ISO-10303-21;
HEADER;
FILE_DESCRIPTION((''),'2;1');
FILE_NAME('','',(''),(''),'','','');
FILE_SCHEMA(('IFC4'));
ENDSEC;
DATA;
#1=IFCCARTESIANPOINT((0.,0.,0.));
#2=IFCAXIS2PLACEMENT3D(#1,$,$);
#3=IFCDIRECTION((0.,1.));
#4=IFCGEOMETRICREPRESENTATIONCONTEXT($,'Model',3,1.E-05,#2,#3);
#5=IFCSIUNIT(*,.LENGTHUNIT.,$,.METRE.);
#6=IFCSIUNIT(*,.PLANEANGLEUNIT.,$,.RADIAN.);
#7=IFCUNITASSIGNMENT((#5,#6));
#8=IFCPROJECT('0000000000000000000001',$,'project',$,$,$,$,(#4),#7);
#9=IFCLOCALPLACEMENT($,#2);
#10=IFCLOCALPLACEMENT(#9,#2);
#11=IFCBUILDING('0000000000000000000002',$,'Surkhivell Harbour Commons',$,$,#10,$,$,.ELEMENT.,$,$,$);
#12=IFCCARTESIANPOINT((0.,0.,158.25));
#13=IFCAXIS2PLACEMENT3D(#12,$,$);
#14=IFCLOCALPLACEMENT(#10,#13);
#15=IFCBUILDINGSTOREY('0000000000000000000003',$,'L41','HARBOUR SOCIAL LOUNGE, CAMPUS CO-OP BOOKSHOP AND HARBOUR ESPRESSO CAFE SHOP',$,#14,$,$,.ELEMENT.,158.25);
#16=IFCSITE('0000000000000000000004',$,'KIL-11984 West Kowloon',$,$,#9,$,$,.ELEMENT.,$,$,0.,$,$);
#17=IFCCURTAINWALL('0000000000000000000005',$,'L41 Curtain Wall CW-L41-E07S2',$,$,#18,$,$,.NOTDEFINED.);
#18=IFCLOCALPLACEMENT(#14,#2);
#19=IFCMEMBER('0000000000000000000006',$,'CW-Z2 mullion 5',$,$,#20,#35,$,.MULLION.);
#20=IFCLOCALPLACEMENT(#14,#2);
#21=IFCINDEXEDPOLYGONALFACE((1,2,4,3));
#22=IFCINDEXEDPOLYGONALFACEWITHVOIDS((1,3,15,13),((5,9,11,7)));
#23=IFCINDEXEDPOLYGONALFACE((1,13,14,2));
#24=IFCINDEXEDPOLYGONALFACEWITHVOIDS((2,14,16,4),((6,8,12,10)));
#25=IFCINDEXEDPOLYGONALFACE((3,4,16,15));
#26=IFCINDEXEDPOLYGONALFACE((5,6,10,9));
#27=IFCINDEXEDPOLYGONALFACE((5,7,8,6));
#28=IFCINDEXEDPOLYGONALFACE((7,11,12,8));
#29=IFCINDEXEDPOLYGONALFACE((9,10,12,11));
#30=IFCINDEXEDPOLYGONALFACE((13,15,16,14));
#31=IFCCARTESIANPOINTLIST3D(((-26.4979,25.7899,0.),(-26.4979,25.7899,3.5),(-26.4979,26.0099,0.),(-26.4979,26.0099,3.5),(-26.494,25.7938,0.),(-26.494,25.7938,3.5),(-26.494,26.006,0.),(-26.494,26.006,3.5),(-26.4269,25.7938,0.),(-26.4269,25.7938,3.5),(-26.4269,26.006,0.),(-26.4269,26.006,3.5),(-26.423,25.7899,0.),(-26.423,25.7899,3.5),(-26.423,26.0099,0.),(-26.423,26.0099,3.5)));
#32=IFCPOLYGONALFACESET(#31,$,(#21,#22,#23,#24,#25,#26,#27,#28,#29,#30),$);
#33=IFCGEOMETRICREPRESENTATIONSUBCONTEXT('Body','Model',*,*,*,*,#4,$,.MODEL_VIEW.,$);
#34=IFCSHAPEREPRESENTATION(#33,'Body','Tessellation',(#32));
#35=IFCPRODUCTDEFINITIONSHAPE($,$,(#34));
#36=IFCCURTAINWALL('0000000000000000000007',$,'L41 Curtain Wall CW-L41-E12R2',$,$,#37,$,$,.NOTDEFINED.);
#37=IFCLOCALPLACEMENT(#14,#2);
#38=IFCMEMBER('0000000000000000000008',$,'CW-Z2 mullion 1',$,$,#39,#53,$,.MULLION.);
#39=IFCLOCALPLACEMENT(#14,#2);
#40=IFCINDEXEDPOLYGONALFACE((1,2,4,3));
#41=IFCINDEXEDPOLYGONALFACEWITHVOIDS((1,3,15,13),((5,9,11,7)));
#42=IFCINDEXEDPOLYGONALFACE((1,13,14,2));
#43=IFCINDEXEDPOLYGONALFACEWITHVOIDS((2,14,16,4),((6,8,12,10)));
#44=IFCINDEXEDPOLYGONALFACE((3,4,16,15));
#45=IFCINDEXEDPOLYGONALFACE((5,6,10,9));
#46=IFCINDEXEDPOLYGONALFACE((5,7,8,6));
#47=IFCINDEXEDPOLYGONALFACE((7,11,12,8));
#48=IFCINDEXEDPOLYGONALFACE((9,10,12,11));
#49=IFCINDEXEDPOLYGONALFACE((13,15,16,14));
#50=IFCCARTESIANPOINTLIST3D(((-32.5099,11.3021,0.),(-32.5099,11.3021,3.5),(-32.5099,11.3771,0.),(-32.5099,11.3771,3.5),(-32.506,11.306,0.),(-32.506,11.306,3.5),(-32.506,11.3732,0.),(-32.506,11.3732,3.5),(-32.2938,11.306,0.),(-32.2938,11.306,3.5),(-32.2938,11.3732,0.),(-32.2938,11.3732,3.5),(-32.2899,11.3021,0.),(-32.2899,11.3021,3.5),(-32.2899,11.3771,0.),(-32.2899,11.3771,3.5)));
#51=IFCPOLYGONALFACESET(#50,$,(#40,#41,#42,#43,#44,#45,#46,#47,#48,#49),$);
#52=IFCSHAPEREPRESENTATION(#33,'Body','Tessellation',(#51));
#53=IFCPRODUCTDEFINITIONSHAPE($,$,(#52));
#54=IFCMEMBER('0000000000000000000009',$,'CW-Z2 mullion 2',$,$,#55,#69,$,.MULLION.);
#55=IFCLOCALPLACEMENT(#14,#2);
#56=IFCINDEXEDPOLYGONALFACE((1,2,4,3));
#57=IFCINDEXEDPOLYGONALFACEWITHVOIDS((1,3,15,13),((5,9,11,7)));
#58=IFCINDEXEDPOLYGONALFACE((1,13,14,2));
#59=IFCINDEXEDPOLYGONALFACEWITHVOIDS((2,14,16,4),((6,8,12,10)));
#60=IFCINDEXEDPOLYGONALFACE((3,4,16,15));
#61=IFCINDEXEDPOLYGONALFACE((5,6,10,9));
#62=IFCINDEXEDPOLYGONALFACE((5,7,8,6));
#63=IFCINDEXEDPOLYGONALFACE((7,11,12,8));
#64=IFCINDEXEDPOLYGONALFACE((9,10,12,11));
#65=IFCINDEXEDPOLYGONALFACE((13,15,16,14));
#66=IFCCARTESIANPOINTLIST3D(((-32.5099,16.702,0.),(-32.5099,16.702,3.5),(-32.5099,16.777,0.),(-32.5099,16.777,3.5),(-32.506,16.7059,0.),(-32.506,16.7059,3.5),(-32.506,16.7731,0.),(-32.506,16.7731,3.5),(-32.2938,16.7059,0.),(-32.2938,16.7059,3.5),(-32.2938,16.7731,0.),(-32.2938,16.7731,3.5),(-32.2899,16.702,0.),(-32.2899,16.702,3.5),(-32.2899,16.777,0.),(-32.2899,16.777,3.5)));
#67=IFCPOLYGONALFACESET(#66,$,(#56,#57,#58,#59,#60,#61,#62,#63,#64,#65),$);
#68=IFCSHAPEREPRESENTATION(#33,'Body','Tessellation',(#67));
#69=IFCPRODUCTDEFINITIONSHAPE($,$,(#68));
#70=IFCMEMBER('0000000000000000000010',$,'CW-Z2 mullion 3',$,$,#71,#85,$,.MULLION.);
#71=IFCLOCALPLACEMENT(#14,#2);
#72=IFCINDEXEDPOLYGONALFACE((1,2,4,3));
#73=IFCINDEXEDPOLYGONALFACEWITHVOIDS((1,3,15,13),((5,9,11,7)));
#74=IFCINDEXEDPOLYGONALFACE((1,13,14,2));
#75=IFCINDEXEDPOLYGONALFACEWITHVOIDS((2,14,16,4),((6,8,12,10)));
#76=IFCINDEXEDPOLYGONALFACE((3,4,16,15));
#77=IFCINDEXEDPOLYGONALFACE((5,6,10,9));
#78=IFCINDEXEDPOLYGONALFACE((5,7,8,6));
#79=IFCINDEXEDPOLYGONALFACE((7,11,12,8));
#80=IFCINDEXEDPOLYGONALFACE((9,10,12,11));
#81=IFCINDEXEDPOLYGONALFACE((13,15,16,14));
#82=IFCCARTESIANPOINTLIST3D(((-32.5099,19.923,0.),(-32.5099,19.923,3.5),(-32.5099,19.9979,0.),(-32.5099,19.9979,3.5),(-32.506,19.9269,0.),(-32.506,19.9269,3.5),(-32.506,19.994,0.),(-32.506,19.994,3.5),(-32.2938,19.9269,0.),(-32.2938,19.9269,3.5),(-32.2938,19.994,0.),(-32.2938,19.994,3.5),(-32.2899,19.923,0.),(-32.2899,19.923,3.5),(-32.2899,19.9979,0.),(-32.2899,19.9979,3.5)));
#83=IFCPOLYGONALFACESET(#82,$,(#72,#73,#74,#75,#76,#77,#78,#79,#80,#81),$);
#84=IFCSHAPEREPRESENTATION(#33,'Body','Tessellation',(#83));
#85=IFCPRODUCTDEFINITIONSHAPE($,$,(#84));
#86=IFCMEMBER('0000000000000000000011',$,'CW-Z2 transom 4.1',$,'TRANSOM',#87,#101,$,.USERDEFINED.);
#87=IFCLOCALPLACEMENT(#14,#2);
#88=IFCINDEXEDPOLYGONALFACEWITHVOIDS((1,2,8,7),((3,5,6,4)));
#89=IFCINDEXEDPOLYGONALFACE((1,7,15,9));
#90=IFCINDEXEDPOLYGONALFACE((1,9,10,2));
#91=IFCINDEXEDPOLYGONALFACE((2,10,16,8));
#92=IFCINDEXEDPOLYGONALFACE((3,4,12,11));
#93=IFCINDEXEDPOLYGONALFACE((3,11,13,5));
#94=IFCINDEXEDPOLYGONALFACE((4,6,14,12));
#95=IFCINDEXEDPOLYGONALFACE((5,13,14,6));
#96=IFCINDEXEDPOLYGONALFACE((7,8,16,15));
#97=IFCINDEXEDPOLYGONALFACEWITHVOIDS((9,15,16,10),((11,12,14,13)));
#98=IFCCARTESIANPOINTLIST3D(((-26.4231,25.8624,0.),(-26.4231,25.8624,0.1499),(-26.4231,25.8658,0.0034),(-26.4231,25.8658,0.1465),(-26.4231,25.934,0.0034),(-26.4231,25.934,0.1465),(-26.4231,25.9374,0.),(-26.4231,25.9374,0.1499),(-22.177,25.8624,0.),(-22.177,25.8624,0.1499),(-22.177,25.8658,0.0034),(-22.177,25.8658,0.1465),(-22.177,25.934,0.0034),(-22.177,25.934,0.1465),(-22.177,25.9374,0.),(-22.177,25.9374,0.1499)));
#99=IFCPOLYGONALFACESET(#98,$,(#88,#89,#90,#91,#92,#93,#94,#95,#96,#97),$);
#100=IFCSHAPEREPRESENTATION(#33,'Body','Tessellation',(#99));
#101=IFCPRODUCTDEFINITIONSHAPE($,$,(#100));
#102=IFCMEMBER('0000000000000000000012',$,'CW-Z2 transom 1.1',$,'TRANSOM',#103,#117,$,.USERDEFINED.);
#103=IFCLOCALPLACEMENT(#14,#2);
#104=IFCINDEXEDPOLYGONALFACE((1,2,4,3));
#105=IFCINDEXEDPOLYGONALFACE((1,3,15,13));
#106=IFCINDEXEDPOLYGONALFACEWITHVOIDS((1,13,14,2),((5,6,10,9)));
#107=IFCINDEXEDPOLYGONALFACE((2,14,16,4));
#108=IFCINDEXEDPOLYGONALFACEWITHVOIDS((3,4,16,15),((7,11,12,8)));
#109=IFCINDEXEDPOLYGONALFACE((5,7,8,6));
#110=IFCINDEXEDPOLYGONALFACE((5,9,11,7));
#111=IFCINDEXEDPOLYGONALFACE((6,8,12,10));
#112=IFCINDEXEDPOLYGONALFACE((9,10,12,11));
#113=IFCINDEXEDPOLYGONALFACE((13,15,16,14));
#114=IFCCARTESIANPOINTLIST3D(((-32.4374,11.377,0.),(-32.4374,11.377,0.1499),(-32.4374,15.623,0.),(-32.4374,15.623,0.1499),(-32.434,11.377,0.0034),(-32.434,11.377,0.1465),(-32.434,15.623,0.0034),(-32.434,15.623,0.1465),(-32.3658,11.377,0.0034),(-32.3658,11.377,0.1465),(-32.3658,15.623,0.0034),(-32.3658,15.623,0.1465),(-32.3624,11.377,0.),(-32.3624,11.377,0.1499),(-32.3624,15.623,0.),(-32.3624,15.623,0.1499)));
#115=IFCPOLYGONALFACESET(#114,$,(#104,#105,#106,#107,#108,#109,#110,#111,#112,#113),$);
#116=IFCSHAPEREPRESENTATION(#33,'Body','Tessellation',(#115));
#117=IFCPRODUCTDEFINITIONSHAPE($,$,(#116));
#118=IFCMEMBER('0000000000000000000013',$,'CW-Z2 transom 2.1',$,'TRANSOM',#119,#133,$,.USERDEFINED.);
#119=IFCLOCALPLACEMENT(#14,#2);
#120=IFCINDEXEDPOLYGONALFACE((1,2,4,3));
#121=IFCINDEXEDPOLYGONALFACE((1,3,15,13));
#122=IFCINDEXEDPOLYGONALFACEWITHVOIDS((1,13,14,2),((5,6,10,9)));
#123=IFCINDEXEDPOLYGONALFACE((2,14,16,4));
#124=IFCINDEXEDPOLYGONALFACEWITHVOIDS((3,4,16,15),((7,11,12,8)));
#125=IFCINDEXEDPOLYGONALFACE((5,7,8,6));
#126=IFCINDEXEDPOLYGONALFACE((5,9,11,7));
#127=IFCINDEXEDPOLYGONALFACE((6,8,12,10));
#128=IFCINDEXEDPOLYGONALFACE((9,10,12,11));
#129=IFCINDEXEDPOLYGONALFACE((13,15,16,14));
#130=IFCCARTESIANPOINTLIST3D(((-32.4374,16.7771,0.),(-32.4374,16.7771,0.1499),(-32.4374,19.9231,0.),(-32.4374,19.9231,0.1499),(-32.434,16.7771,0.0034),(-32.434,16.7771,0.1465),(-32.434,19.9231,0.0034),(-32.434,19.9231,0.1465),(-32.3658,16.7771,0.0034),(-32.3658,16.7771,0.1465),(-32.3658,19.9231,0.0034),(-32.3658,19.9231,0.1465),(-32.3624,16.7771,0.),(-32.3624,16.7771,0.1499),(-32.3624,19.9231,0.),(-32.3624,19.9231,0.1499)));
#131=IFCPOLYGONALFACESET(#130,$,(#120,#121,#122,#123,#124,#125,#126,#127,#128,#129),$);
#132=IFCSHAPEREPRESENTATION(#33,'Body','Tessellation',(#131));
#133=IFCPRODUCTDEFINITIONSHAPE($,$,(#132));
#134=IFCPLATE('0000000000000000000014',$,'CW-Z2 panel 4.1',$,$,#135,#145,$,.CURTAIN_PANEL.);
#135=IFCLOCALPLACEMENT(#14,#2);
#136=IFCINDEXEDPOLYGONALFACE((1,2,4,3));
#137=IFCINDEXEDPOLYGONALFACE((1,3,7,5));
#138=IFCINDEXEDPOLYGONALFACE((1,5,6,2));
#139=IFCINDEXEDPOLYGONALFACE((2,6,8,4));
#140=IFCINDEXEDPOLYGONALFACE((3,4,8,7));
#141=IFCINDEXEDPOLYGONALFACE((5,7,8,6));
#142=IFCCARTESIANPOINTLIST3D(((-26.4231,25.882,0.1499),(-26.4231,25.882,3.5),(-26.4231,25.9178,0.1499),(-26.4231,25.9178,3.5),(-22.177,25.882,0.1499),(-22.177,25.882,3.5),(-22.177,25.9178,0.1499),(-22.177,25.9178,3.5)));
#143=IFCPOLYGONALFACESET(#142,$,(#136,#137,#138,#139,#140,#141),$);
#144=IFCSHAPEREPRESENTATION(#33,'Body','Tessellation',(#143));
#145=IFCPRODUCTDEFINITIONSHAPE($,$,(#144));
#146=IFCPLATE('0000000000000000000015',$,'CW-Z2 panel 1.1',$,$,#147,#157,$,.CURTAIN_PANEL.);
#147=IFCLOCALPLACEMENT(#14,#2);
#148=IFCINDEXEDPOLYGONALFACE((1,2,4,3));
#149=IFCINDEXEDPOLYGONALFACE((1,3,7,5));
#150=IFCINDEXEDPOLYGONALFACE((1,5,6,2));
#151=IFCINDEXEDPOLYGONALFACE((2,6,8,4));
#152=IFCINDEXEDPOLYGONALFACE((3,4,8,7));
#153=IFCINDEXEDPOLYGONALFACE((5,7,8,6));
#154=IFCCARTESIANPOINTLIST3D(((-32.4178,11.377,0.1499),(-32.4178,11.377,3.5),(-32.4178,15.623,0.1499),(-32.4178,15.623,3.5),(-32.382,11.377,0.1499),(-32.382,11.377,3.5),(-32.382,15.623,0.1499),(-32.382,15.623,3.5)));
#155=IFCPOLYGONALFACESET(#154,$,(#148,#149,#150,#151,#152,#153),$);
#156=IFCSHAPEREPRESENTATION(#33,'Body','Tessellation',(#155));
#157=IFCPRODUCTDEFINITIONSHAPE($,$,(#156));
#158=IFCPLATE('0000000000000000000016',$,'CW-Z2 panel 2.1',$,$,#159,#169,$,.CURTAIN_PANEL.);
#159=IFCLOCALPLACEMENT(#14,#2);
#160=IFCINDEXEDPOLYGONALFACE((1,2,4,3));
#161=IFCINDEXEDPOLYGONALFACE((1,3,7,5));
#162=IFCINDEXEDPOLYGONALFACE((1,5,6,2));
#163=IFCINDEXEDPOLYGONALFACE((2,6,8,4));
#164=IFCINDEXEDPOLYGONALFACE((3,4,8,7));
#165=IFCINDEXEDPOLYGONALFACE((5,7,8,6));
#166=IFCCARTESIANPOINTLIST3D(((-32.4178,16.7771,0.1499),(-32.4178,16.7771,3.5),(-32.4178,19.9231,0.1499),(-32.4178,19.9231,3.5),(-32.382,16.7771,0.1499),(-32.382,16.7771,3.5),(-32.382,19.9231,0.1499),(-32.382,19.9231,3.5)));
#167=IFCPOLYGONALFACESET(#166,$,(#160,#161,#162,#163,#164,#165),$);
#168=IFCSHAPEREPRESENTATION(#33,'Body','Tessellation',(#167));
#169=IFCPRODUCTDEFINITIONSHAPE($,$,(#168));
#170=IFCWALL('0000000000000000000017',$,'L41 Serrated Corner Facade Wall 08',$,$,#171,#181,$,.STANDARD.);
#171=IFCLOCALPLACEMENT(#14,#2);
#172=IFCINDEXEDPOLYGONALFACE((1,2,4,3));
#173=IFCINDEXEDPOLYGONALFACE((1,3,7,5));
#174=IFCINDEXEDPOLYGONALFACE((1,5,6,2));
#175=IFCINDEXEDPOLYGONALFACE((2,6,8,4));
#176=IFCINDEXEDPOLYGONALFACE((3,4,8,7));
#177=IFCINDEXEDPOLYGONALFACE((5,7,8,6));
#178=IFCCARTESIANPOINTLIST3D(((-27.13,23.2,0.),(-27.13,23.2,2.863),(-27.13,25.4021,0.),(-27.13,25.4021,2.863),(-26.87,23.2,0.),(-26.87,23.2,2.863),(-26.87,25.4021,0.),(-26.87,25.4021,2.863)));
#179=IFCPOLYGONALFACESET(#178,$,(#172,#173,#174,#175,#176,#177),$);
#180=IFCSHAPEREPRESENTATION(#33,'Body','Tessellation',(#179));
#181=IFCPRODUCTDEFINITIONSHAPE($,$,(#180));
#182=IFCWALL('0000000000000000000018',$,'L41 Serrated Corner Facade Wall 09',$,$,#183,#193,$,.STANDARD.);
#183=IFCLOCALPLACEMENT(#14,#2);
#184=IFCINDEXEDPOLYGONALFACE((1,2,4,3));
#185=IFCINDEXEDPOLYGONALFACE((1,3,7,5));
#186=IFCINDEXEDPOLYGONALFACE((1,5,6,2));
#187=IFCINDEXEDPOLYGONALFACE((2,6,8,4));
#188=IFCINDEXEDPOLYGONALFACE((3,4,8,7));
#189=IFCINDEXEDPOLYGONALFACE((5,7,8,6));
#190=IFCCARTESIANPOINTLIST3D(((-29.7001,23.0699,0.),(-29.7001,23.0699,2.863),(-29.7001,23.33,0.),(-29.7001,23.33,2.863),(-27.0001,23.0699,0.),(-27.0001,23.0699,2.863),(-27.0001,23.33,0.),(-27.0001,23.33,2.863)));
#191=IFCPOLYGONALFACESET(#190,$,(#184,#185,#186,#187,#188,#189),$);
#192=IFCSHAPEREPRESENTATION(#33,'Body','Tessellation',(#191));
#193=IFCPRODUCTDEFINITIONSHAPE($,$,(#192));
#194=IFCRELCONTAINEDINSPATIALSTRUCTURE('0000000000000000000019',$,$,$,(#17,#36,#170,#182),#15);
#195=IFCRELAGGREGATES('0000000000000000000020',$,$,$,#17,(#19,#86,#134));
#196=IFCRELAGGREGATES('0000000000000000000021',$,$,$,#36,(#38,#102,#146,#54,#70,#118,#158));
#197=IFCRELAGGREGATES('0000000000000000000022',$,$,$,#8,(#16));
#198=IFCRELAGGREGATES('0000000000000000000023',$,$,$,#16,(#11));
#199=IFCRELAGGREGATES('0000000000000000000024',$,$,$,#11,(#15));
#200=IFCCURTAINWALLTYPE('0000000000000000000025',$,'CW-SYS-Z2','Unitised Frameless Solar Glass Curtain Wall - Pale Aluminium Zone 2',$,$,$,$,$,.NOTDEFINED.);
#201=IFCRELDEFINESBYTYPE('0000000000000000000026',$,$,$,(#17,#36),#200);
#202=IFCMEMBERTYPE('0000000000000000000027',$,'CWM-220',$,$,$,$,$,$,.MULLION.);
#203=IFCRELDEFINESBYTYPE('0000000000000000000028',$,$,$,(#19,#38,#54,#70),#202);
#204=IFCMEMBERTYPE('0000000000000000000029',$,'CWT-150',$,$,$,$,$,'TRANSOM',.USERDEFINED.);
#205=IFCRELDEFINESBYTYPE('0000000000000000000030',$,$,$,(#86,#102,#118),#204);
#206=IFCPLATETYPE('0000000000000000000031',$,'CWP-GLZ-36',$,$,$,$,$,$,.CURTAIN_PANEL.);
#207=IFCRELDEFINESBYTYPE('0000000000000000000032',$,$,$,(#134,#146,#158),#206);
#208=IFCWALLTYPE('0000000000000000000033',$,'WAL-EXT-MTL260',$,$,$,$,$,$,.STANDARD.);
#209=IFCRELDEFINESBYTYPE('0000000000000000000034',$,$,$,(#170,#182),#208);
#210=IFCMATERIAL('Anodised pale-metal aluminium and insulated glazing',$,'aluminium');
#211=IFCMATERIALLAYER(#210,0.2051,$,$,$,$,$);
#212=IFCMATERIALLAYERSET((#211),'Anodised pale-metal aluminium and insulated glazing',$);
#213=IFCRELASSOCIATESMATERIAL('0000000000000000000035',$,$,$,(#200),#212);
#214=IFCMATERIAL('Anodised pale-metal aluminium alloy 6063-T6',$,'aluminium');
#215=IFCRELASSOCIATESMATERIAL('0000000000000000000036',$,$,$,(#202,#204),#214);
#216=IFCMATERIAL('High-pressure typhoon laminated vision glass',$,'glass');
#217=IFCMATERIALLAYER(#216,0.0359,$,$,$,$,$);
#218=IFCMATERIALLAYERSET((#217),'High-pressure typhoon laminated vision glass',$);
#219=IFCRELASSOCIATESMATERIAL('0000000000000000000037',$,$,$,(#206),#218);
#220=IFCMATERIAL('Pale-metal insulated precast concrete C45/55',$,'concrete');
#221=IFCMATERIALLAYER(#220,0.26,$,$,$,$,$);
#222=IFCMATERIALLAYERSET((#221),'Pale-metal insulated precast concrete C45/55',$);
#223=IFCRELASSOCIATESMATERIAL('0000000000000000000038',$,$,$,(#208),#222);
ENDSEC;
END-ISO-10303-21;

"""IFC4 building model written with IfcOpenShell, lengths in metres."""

from ifc_helpers import new_model, si_unit, direction, frame, frame_2d, origin, origin_2d, place, context, subcontext, project, spatial, rectangle, hollow_rectangle, extrude, material, layer, layer_set, material_profile, profile_set, type_object, element, aggregate, save


model = new_model("IFC4")

# Units and contexts
model_context = context("Model", 3, precision=1e-05, world=origin(), true_north=direction((0.0, 1.0)))
body_context = subcontext(model_context, "Body", "Model", "MODEL_VIEW")
ifc_project = project(units=[si_unit("LENGTHUNIT", "METRE"), si_unit("PLANEANGLEUNIT", "RADIAN")], contexts=[model_context])

# Site, building, storey
site_placement = place(None, origin())
site = spatial("IfcSite", under=ifc_project, at=site_placement, Name="KIL-11984 West Kowloon", CompositionType="ELEMENT", RefElevation=0.0)
building_placement = place(site_placement, origin())
building = spatial("IfcBuilding", under=site, at=building_placement, Name="Surkhivell Harbour Commons", CompositionType="ELEMENT")
storey_placement = place(building_placement, frame((0.0, 0.0, 158.25)))
storey = spatial("IfcBuildingStorey", under=building, at=storey_placement, Name="L41", Description="HARBOUR SOCIAL LOUNGE, CAMPUS CO-OP BOOKSHOP AND HARBOUR ESPRESSO CAFE SHOP", CompositionType="ELEMENT", Elevation=158.25)

# Curtain wall, member
ifc_material_1 = material(Name="Anodised pale-metal aluminium and insulated glazing", Category="aluminium")
ifc_layer_1 = layer(ifc_material_1, 0.2051)
ifc_layer_set_1 = layer_set([ifc_layer_1], Name="Anodised pale-metal aluminium and insulated glazing")
curtain_wall_type = type_object("IfcCurtainWallType", Name="CW-SYS-Z2", Description="Unitised Frameless Solar Glass Curtain Wall - Pale Aluminium Zone 2", PredefinedType="NOTDEFINED", material=ifc_layer_set_1)
curtain_wall_1_placement = place(storey_placement, origin())
curtain_wall_1 = element("IfcCurtainWall", 1, at=curtain_wall_1_placement, inside=storey, type_object=curtain_wall_type, Name="L41 Curtain Wall CW-L41-E07S2", PredefinedType="NOTDEFINED")
ifc_material_2 = material(Name="Anodised pale-metal aluminium alloy 6063-T6", Category="aluminium")
ifc_material_profile_1 = material_profile(ifc_material_2, hollow_rectangle(XDim=0.075, YDim=0.22, WallThickness=0.0039, at=origin_2d()), Name="ALU-MULL-75x220")
ifc_profile_set_1 = profile_set([ifc_material_profile_1], Name="Anodised pale-metal aluminium alloy 6063-T6")
member_type_1 = type_object("IfcMemberType", Name="CWM-220", PredefinedType="MULLION", material=ifc_profile_set_1)
member_1_placement = place(storey_placement, frame((-26.4604, 25.8999, 0.0), z_axis=(0.0, 0.0, 1.0), x_axis=(-1.0, 0.0, 0.0)))
member_1 = element("IfcMember", 2, at=member_1_placement, type_object=member_type_1, Name="CW-Z2 mullion 5", PredefinedType="MULLION", context=body_context, shape_type="SweptSolid", body=[
    extrude(hollow_rectangle(XDim=0.075, YDim=0.22, WallThickness=0.0039, at=origin_2d()), origin(), (0.0, 0.0, 1.0), 3.5),
])

# Curtain wall, members
curtain_wall_2_placement = place(storey_placement, origin())
curtain_wall_2 = element("IfcCurtainWall", 3, at=curtain_wall_2_placement, inside=storey, type_object=curtain_wall_type, Name="L41 Curtain Wall CW-L41-E12R2", PredefinedType="NOTDEFINED")
member_2_placement = place(storey_placement, frame((-32.3999, 11.3396, 0.0), z_axis=(0.0, 0.0, 1.0), x_axis=(0.0, 1.0, 0.0)))
member_2 = element("IfcMember", 4, at=member_2_placement, type_object=member_type_1, Name="CW-Z2 mullion 1", PredefinedType="MULLION", context=body_context, shape_type="SweptSolid", body=[
    extrude(hollow_rectangle(XDim=0.075, YDim=0.22, WallThickness=0.0039, at=origin_2d()), origin(), (0.0, 0.0, 1.0), 3.5),
])
member_3_placement = place(storey_placement, frame((-32.3999, 16.7395, 0.0), z_axis=(0.0, 0.0, 1.0), x_axis=(0.0, 1.0, 0.0)))
member_3 = element("IfcMember", 5, at=member_3_placement, type_object=member_type_1, Name="CW-Z2 mullion 2", PredefinedType="MULLION", context=body_context, shape_type="SweptSolid", body=[
    extrude(hollow_rectangle(XDim=0.075, YDim=0.22, WallThickness=0.0039, at=origin_2d()), origin(), (0.0, 0.0, 1.0), 3.5),
])
member_4_placement = place(storey_placement, frame((-32.3999, 19.9604, 0.0), z_axis=(0.0, 0.0, 1.0), x_axis=(0.0, 1.0, 0.0)))
member_4 = element("IfcMember", 6, at=member_4_placement, type_object=member_type_1, Name="CW-Z2 mullion 3", PredefinedType="MULLION", context=body_context, shape_type="SweptSolid", body=[
    extrude(hollow_rectangle(XDim=0.075, YDim=0.22, WallThickness=0.0039, at=origin_2d()), origin(), (0.0, 0.0, 1.0), 3.5),
])

# Members
ifc_material_profile_2 = material_profile(ifc_material_2, hollow_rectangle(XDim=0.075, YDim=0.1499, WallThickness=0.0034, at=origin_2d()), Name="ALU-TRAN-75x150")
ifc_profile_set_2 = profile_set([ifc_material_profile_2], Name="Anodised pale-metal aluminium alloy 6063-T6")
member_type_2 = type_object("IfcMemberType", Name="CWT-150", ElementType="TRANSOM", PredefinedType="USERDEFINED", material=ifc_profile_set_2)
member_5_placement = place(storey_placement, frame((-22.177, 25.8999, 0.075), z_axis=(-1.0, 0.0, 0.0), x_axis=(0.0, -1.0, 0.0)))
member_5 = element("IfcMember", 7, at=member_5_placement, type_object=member_type_2, Name="CW-Z2 transom 4.1", ObjectType="TRANSOM", PredefinedType="USERDEFINED", context=body_context, shape_type="SweptSolid", body=[
    extrude(hollow_rectangle(XDim=0.075, YDim=0.1499, WallThickness=0.0034, at=origin_2d()), origin(), (0.0, 0.0, 1.0), 4.2461),
])
member_6_placement = place(storey_placement, frame((-32.3999, 11.377, 0.075), z_axis=(0.0, 1.0, 0.0), x_axis=(-1.0, 0.0, 0.0)))
member_6 = element("IfcMember", 8, at=member_6_placement, type_object=member_type_2, Name="CW-Z2 transom 1.1", ObjectType="TRANSOM", PredefinedType="USERDEFINED", context=body_context, shape_type="SweptSolid", body=[
    extrude(hollow_rectangle(XDim=0.075, YDim=0.1499, WallThickness=0.0034, at=origin_2d()), origin(), (0.0, 0.0, 1.0), 4.2461),
])
member_7_placement = place(storey_placement, frame((-32.3999, 16.7771, 0.075), z_axis=(0.0, 1.0, 0.0), x_axis=(-1.0, 0.0, 0.0)))
member_7 = element("IfcMember", 9, at=member_7_placement, type_object=member_type_2, Name="CW-Z2 transom 2.1", ObjectType="TRANSOM", PredefinedType="USERDEFINED", context=body_context, shape_type="SweptSolid", body=[
    extrude(hollow_rectangle(XDim=0.075, YDim=0.1499, WallThickness=0.0034, at=origin_2d()), origin(), (0.0, 0.0, 1.0), 3.146),
])

# Plates
ifc_material_3 = material(Name="High-pressure typhoon laminated vision glass", Category="glass")
ifc_layer_2 = layer(ifc_material_3, 0.0359)
ifc_layer_set_2 = layer_set([ifc_layer_2], Name="High-pressure typhoon laminated vision glass")
plate_type = type_object("IfcPlateType", Name="CWP-GLZ-36", PredefinedType="CURTAIN_PANEL", material=ifc_layer_set_2)
plate_1_placement = place(storey_placement, frame((-22.177, 25.8999, 0.1499), z_axis=(0.0, 0.0, 1.0), x_axis=(-1.0, 0.0, 0.0)))
plate_1 = element("IfcPlate", 10, at=plate_1_placement, type_object=plate_type, Name="CW-Z2 panel 4.1", PredefinedType="CURTAIN_PANEL", context=body_context, shape_type="SweptSolid", body=[
    extrude(rectangle(XDim=4.2461, YDim=0.0359, at=frame_2d((2.123, 0.0))), origin(), (0.0, 0.0, 1.0), 3.3501),
])
aggregate(curtain_wall_1, [member_1, member_5, plate_1])
plate_2_placement = place(storey_placement, frame((-32.3999, 11.377, 0.1499), z_axis=(0.0, 0.0, 1.0), x_axis=(0.0, 1.0, 0.0)))
plate_2 = element("IfcPlate", 11, at=plate_2_placement, type_object=plate_type, Name="CW-Z2 panel 1.1", PredefinedType="CURTAIN_PANEL", context=body_context, shape_type="SweptSolid", body=[
    extrude(rectangle(XDim=4.2461, YDim=0.0359, at=frame_2d((2.123, 0.0))), origin(), (0.0, 0.0, 1.0), 3.3501),
])
plate_3_placement = place(storey_placement, frame((-32.3999, 16.7771, 0.1499), z_axis=(0.0, 0.0, 1.0), x_axis=(0.0, 1.0, 0.0)))
plate_3 = element("IfcPlate", 12, at=plate_3_placement, type_object=plate_type, Name="CW-Z2 panel 2.1", PredefinedType="CURTAIN_PANEL", context=body_context, shape_type="SweptSolid", body=[
    extrude(rectangle(XDim=3.146, YDim=0.0359, at=frame_2d((1.573, 0.0))), origin(), (0.0, 0.0, 1.0), 3.3501),
])
aggregate(curtain_wall_2, [member_2, member_6, plate_2, member_3, member_4, member_7, plate_3])

# Walls
ifc_material_4 = material(Name="Pale-metal insulated precast concrete C45/55", Category="concrete")
ifc_layer_3 = layer(ifc_material_4, 0.26)
ifc_layer_set_3 = layer_set([ifc_layer_3], Name="Pale-metal insulated precast concrete C45/55")
wall_type = type_object("IfcWallType", Name="WAL-EXT-MTL260", PredefinedType="STANDARD", material=ifc_layer_set_3)
wall_1_placement = place(storey_placement, frame((-27.0, 25.4021, 0.0), z_axis=(0.0, 0.0, 1.0), x_axis=(0.0, -1.0, 0.0)))
element("IfcWall", 13, at=wall_1_placement, inside=storey, type_object=wall_type, Name="L41 Serrated Corner Facade Wall 08", PredefinedType="STANDARD", context=body_context, shape_type="SweptSolid", body=[
    extrude(rectangle(XDim=2.2021, YDim=0.26, at=frame_2d((1.1011, 0.0))), origin(), (0.0, 0.0, 1.0), 2.863),
])
wall_2_placement = place(storey_placement, frame((-27.0, 23.2, 0.0), z_axis=(0.0, 0.0, 1.0), x_axis=(-1.0, 0.0, 0.0)))
element("IfcWall", 14, at=wall_2_placement, inside=storey, type_object=wall_type, Name="L41 Serrated Corner Facade Wall 09", PredefinedType="STANDARD", context=body_context, shape_type="SweptSolid", body=[
    extrude(rectangle(XDim=2.7, YDim=0.26, at=frame_2d((1.3501, 0.0))), origin(), (0.0, 0.0, 1.0), 2.863),
])

save(model, "model.ifc")
